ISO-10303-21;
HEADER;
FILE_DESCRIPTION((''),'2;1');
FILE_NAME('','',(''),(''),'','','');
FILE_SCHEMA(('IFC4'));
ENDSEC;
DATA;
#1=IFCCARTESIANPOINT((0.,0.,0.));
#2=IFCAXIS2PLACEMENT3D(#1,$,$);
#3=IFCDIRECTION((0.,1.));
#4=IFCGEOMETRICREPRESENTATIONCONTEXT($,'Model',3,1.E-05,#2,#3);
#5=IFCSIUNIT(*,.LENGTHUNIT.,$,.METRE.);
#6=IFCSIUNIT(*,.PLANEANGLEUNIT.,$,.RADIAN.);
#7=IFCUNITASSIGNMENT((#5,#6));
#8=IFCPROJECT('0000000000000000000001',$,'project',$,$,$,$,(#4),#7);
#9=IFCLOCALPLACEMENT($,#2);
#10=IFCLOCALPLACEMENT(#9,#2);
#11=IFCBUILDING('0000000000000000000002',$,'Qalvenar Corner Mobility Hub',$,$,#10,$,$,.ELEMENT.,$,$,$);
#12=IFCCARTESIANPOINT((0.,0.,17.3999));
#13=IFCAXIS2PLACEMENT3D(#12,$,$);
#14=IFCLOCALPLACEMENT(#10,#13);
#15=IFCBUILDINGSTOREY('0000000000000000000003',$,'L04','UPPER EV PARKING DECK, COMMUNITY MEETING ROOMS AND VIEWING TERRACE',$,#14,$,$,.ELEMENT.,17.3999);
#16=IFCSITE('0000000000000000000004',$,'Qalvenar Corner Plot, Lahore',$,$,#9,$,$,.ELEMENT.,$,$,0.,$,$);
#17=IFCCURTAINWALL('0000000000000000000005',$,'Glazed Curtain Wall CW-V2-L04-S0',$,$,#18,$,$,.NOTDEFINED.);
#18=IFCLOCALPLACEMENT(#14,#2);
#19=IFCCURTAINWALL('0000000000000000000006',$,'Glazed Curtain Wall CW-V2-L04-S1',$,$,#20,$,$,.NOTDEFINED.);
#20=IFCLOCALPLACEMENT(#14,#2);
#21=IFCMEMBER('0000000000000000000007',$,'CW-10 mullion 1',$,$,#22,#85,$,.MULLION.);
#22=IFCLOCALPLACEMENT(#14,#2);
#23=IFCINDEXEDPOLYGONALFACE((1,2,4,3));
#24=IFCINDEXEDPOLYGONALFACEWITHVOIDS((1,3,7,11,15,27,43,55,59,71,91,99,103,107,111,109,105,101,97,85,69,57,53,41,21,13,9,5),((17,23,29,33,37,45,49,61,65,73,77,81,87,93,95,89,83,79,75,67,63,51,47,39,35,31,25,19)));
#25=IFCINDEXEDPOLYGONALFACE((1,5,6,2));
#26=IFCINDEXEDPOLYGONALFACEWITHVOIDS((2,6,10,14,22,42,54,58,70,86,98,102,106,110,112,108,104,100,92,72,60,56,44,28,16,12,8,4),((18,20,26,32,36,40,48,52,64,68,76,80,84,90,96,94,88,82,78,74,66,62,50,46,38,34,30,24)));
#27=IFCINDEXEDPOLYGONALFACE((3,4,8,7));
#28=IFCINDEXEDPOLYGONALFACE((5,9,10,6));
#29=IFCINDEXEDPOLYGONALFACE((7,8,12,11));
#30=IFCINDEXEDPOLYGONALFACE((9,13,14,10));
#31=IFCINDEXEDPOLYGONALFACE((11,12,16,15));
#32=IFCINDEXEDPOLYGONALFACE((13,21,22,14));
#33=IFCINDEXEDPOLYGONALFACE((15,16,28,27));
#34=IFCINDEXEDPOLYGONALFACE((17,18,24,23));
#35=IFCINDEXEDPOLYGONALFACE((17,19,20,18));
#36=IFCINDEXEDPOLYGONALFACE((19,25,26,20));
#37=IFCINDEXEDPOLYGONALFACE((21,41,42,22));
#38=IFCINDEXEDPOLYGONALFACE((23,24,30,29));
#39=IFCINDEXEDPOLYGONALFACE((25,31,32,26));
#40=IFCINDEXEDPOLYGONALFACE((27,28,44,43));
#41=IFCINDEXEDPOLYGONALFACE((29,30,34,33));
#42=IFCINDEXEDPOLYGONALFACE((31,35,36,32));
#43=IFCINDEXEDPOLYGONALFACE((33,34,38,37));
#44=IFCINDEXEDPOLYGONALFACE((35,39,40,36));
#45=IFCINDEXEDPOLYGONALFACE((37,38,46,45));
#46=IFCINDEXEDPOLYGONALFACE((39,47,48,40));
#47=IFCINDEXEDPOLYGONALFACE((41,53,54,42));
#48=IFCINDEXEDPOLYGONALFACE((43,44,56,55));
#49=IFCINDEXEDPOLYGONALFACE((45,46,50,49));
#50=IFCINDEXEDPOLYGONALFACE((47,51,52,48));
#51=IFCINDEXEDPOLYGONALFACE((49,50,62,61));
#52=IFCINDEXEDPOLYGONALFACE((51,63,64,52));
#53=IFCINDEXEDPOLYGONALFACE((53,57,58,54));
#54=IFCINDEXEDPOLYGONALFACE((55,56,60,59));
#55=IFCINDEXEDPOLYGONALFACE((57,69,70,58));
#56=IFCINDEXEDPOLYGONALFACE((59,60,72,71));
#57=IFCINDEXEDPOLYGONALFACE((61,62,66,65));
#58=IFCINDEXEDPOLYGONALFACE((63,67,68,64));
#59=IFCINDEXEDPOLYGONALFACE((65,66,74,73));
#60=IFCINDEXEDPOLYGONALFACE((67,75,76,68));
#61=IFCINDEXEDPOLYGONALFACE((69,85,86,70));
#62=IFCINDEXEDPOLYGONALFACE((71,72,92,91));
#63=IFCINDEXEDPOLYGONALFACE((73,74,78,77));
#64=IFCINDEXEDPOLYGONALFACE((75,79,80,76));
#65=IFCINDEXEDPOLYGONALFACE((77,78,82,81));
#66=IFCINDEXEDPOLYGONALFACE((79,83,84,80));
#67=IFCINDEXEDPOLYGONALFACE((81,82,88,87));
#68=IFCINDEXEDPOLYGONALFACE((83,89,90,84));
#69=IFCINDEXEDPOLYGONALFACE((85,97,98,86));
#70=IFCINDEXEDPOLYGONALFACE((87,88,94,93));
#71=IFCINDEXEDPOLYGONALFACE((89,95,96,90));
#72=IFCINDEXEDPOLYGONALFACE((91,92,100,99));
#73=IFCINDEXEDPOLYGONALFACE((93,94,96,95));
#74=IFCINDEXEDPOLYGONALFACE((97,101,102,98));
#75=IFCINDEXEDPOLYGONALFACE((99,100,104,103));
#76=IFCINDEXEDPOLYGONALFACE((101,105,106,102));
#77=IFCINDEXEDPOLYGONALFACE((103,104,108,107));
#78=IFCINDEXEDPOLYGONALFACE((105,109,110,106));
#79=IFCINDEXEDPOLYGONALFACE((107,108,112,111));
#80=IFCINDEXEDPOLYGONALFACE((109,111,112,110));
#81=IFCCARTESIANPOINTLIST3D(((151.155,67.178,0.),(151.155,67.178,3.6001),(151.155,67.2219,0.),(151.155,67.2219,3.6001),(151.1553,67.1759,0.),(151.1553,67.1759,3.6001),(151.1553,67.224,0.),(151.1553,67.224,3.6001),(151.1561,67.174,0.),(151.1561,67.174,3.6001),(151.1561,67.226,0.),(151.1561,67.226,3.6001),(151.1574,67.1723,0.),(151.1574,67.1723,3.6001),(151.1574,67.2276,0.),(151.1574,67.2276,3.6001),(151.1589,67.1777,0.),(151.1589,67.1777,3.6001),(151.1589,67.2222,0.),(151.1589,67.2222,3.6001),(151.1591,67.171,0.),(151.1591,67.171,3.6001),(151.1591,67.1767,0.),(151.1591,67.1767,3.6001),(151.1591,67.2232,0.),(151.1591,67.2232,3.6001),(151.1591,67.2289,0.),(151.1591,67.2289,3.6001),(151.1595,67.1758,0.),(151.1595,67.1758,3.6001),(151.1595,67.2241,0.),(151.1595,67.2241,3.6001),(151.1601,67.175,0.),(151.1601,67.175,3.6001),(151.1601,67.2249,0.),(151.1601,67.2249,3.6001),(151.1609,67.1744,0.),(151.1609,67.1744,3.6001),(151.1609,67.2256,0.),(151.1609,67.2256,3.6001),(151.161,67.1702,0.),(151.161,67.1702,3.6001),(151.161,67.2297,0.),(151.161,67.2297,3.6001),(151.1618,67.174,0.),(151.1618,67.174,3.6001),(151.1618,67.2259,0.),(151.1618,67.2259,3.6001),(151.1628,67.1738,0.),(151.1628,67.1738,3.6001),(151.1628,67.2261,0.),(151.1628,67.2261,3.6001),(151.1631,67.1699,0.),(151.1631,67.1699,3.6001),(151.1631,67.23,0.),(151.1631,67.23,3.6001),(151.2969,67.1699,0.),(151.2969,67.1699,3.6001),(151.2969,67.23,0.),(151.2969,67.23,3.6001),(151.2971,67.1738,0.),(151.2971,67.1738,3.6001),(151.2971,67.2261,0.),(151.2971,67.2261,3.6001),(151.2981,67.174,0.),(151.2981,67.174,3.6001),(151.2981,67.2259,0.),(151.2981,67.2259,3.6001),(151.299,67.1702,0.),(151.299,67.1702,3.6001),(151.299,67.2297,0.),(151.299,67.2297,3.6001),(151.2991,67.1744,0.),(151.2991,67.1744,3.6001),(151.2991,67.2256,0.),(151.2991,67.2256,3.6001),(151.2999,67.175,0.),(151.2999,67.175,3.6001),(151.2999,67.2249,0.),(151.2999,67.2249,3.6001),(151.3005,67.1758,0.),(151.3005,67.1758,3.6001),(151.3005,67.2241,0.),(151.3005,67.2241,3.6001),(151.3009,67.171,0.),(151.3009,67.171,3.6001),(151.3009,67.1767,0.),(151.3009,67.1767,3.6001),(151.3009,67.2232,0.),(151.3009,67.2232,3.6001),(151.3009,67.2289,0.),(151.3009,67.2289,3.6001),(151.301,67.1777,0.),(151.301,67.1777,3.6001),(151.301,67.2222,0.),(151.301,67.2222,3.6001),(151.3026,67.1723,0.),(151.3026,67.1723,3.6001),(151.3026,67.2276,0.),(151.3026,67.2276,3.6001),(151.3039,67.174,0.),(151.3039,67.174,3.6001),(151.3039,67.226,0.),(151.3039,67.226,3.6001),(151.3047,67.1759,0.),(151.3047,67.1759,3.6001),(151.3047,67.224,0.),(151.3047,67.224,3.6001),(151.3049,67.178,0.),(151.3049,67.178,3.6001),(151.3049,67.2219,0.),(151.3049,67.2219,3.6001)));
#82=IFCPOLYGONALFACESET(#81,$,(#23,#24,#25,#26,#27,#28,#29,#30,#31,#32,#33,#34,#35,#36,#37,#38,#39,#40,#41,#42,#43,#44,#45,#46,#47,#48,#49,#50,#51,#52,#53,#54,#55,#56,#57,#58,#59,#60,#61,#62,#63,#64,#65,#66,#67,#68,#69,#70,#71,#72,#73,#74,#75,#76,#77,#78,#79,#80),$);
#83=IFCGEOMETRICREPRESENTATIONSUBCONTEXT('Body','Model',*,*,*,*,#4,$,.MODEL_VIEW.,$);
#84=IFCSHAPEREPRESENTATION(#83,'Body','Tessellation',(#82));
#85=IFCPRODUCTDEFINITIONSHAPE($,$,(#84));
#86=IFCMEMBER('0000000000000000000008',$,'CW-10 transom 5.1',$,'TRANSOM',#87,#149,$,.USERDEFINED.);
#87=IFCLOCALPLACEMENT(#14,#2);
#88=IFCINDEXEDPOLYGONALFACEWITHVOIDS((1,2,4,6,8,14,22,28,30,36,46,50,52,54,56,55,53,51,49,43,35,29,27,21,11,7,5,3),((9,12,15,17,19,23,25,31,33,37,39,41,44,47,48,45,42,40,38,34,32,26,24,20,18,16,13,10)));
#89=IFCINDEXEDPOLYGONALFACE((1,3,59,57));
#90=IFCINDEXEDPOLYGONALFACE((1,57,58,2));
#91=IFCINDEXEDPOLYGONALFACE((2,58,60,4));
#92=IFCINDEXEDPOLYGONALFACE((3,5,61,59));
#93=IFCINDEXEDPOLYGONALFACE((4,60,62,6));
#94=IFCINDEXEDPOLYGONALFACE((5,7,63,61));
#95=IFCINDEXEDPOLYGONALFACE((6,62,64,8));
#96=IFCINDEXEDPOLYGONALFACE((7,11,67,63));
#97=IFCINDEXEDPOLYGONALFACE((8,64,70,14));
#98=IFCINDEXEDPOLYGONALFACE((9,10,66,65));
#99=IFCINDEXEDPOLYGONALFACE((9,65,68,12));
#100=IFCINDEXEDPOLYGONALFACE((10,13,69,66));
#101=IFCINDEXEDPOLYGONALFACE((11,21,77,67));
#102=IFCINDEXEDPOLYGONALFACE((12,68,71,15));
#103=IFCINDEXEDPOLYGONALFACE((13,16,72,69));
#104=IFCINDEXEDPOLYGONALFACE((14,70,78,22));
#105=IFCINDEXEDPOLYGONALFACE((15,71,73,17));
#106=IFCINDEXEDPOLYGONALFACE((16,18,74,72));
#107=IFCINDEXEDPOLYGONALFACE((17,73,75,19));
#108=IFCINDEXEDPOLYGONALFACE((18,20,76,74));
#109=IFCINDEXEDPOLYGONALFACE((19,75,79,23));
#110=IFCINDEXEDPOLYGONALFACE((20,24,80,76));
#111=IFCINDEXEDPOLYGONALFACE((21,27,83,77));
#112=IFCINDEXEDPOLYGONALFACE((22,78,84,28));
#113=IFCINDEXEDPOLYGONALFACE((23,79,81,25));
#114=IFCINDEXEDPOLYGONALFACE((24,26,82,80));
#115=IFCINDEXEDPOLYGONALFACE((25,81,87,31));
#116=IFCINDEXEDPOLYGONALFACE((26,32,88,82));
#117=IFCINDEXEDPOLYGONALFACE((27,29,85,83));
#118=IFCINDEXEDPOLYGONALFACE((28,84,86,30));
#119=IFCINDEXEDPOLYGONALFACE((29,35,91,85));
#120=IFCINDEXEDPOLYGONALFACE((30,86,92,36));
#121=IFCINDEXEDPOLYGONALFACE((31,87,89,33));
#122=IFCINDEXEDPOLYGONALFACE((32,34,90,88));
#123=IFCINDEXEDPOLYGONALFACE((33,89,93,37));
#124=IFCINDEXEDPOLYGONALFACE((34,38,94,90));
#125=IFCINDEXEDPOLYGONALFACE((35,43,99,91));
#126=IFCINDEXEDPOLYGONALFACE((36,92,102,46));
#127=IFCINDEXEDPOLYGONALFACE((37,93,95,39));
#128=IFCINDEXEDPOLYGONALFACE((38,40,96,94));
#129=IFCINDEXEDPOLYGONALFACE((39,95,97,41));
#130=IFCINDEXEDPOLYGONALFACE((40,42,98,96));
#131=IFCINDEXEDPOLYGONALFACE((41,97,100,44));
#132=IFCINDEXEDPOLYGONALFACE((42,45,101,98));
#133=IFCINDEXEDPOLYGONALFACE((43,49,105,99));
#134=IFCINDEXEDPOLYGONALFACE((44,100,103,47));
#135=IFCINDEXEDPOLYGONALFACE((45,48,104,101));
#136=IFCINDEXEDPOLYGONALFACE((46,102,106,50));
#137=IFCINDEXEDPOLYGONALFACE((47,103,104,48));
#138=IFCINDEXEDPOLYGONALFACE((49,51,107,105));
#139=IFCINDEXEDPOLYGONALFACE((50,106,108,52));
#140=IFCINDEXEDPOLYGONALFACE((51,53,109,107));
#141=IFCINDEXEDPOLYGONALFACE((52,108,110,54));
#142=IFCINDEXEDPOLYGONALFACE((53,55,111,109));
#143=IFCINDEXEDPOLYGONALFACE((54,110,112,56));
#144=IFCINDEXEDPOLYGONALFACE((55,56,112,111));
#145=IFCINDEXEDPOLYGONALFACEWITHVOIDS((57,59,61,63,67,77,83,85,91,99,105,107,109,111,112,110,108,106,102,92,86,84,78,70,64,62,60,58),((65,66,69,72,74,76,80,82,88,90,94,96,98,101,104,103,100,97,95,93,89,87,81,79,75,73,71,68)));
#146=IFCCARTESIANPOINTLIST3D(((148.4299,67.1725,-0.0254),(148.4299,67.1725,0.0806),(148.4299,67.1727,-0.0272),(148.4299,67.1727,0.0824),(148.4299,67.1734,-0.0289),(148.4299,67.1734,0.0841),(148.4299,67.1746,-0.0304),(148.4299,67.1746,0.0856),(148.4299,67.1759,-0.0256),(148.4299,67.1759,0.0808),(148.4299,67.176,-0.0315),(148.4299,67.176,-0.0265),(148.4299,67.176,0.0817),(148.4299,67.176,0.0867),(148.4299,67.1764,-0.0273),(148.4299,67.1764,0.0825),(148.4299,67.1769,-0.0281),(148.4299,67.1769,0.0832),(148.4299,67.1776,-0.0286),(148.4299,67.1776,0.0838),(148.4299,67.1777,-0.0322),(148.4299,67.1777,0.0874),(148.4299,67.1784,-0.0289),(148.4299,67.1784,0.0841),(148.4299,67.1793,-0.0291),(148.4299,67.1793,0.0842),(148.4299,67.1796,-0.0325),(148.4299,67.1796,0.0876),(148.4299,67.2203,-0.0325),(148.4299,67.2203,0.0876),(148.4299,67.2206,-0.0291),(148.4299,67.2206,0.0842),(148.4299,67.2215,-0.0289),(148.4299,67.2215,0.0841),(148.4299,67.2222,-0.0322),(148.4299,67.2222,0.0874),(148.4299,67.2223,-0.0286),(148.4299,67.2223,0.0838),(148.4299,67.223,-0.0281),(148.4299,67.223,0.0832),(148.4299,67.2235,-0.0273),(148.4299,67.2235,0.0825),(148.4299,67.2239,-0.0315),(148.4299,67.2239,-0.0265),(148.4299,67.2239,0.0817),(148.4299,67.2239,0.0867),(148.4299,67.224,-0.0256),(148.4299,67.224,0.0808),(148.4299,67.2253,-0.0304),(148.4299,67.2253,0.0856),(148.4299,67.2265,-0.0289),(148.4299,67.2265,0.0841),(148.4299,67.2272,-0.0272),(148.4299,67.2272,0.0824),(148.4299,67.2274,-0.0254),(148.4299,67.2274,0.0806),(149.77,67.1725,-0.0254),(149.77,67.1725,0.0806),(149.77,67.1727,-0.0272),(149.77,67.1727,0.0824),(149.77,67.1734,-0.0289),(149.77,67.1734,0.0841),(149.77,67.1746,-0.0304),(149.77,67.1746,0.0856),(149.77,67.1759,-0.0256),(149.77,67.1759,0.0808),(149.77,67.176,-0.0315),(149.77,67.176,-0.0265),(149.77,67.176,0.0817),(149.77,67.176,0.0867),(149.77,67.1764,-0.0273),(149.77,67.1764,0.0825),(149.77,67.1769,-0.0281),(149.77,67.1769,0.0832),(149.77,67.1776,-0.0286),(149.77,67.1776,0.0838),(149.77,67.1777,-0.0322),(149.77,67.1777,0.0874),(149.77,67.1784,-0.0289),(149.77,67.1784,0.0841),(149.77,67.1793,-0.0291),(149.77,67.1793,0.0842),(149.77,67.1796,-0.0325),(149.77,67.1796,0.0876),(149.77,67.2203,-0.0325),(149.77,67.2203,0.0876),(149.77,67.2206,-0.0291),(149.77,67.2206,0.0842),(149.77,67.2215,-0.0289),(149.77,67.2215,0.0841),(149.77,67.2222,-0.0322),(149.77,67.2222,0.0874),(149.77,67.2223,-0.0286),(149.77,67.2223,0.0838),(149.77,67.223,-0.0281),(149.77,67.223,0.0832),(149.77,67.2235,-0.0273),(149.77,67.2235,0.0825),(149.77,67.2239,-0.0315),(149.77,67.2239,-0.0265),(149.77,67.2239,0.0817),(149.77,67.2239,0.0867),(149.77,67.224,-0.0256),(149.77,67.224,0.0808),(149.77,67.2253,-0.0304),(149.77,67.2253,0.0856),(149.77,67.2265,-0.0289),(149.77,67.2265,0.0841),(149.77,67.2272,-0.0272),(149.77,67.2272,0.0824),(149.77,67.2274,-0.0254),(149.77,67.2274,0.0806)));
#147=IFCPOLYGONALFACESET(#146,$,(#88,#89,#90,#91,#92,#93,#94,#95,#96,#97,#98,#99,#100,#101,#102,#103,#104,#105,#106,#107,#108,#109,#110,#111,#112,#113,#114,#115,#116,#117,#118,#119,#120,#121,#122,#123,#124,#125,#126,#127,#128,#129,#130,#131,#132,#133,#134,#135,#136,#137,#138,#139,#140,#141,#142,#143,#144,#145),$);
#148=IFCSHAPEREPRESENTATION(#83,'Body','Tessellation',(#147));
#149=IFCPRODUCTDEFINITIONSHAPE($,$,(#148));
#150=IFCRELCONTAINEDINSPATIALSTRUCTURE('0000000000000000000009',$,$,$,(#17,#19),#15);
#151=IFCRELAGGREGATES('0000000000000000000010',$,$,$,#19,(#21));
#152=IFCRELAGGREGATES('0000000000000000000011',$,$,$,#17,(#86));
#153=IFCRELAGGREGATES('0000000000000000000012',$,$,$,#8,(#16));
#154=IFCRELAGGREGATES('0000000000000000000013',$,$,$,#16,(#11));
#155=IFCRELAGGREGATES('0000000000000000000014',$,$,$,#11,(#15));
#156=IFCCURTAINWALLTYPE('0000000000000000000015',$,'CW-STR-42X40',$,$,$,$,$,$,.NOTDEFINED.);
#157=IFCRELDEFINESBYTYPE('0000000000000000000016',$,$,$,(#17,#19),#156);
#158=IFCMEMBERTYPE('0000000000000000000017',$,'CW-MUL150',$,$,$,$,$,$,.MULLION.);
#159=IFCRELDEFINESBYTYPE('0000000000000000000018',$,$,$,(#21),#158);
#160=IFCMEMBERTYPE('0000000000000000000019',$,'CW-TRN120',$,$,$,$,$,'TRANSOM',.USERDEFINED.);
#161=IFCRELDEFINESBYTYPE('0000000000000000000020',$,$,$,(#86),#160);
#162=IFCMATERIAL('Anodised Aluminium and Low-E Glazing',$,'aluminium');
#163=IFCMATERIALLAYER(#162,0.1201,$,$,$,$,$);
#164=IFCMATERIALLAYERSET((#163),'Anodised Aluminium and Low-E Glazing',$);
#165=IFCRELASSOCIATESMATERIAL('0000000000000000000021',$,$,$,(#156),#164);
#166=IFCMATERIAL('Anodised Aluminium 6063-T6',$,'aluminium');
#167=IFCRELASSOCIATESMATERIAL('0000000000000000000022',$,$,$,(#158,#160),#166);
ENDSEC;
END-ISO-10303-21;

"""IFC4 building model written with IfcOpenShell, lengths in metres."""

from ifc_helpers import new_model, si_unit, direction, frame, origin, origin_2d, place, context, subcontext, project, spatial, hollow_rectangle, extrude, material, layer, layer_set, material_profile, profile_set, type_object, element, aggregate, save


model = new_model("IFC4")

# Units and contexts
model_context = context("Model", 3, precision=1e-05, world=origin(), true_north=direction((0.0, 1.0)))
body_context = subcontext(model_context, "Body", "Model", "MODEL_VIEW")
ifc_project = project(units=[si_unit("LENGTHUNIT", "METRE"), si_unit("PLANEANGLEUNIT", "RADIAN")], contexts=[model_context])

# Site, building, storey
site_placement = place(None, origin())
site = spatial("IfcSite", under=ifc_project, at=site_placement, Name="Qalvenar Corner Plot, Lahore", CompositionType="ELEMENT", RefElevation=0.0)
building_placement = place(site_placement, origin())
building = spatial("IfcBuilding", under=site, at=building_placement, Name="Qalvenar Corner Mobility Hub", CompositionType="ELEMENT")
storey_placement = place(building_placement, frame((0.0, 0.0, 17.3999)))
storey = spatial("IfcBuildingStorey", under=building, at=storey_placement, Name="L04", Description="UPPER EV PARKING DECK, COMMUNITY MEETING ROOMS AND VIEWING TERRACE", CompositionType="ELEMENT", Elevation=17.3999)

# Curtain wall
ifc_material_1 = material(Name="Anodised Aluminium and Low-E Glazing", Category="aluminium")
ifc_layer_1 = layer(ifc_material_1, 0.1201)
ifc_layer_set_1 = layer_set([ifc_layer_1], Name="Anodised Aluminium and Low-E Glazing")
curtain_wall_type = type_object("IfcCurtainWallType", Name="CW-STR-42X40", PredefinedType="NOTDEFINED", material=ifc_layer_set_1)
curtain_wall_1_placement = place(storey_placement, origin())
curtain_wall_1 = element("IfcCurtainWall", 1, at=curtain_wall_1_placement, inside=storey, type_object=curtain_wall_type, Name="Glazed Curtain Wall CW-V2-L04-S0", PredefinedType="NOTDEFINED")
ifc_material_2 = material(Name="Anodised Aluminium 6063-T6", Category="aluminium")
ifc_material_profile_1 = material_profile(ifc_material_2, hollow_rectangle(XDim=0.0601, YDim=0.1499, WallThickness=0.0039, InnerFilletRadius=0.0039, OuterFilletRadius=0.0081, at=origin_2d()), Name="RHS150x60x4")
ifc_profile_set_1 = profile_set([ifc_material_profile_1], Name="Anodised Aluminium 6063-T6")
member_type_1 = type_object("IfcMemberType", Name="CW-MUL150", PredefinedType="MULLION", material=ifc_profile_set_1)

# Curtain wall, member
curtain_wall_2_placement = place(storey_placement, origin())
curtain_wall_2 = element("IfcCurtainWall", 2, at=curtain_wall_2_placement, inside=storey, type_object=curtain_wall_type, Name="Glazed Curtain Wall CW-V2-L04-S1", PredefinedType="NOTDEFINED")
member_1_placement = place(storey_placement, frame((151.23, 67.2, 0.0), z_axis=(0.0, 0.0, 1.0), x_axis=(0.0, 1.0, 0.0)))
member_1 = element("IfcMember", 3, at=member_1_placement, type_object=member_type_1, Name="CW-10 mullion 1", PredefinedType="MULLION", context=body_context, shape_type="SweptSolid", body=[
    extrude(hollow_rectangle(XDim=0.0601, YDim=0.1499, WallThickness=0.0039, InnerFilletRadius=0.0039, OuterFilletRadius=0.0081, at=origin_2d()), origin(), (0.0, 0.0, 1.0), 3.6001),
])

# Member
ifc_material_profile_2 = material_profile(ifc_material_2, hollow_rectangle(XDim=0.0549, YDim=0.1201, WallThickness=0.0034, InnerFilletRadius=0.0034, OuterFilletRadius=0.0071, at=origin_2d()), Name="RHS120x55x3.5")
ifc_profile_set_2 = profile_set([ifc_material_profile_2], Name="Anodised Aluminium 6063-T6")
member_type_2 = type_object("IfcMemberType", Name="CW-TRN120", ElementType="TRANSOM", PredefinedType="USERDEFINED", material=ifc_profile_set_2)
member_2_placement = place(storey_placement, frame((148.4299, 67.2, 0.0276), z_axis=(1.0, 0.0, 0.0), x_axis=(0.0, 1.0, 0.0)))
member_2 = element("IfcMember", 4, at=member_2_placement, type_object=member_type_2, Name="CW-10 transom 5.1", ObjectType="TRANSOM", PredefinedType="USERDEFINED", context=body_context, shape_type="SweptSolid", body=[
    extrude(hollow_rectangle(XDim=0.0549, YDim=0.1201, WallThickness=0.0034, InnerFilletRadius=0.0034, OuterFilletRadius=0.0071, at=origin_2d()), origin(), (0.0, 0.0, 1.0), 1.3401),
])
aggregate(curtain_wall_2, [member_1])

aggregate(curtain_wall_1, [member_2])

save(model, "model.ifc")
